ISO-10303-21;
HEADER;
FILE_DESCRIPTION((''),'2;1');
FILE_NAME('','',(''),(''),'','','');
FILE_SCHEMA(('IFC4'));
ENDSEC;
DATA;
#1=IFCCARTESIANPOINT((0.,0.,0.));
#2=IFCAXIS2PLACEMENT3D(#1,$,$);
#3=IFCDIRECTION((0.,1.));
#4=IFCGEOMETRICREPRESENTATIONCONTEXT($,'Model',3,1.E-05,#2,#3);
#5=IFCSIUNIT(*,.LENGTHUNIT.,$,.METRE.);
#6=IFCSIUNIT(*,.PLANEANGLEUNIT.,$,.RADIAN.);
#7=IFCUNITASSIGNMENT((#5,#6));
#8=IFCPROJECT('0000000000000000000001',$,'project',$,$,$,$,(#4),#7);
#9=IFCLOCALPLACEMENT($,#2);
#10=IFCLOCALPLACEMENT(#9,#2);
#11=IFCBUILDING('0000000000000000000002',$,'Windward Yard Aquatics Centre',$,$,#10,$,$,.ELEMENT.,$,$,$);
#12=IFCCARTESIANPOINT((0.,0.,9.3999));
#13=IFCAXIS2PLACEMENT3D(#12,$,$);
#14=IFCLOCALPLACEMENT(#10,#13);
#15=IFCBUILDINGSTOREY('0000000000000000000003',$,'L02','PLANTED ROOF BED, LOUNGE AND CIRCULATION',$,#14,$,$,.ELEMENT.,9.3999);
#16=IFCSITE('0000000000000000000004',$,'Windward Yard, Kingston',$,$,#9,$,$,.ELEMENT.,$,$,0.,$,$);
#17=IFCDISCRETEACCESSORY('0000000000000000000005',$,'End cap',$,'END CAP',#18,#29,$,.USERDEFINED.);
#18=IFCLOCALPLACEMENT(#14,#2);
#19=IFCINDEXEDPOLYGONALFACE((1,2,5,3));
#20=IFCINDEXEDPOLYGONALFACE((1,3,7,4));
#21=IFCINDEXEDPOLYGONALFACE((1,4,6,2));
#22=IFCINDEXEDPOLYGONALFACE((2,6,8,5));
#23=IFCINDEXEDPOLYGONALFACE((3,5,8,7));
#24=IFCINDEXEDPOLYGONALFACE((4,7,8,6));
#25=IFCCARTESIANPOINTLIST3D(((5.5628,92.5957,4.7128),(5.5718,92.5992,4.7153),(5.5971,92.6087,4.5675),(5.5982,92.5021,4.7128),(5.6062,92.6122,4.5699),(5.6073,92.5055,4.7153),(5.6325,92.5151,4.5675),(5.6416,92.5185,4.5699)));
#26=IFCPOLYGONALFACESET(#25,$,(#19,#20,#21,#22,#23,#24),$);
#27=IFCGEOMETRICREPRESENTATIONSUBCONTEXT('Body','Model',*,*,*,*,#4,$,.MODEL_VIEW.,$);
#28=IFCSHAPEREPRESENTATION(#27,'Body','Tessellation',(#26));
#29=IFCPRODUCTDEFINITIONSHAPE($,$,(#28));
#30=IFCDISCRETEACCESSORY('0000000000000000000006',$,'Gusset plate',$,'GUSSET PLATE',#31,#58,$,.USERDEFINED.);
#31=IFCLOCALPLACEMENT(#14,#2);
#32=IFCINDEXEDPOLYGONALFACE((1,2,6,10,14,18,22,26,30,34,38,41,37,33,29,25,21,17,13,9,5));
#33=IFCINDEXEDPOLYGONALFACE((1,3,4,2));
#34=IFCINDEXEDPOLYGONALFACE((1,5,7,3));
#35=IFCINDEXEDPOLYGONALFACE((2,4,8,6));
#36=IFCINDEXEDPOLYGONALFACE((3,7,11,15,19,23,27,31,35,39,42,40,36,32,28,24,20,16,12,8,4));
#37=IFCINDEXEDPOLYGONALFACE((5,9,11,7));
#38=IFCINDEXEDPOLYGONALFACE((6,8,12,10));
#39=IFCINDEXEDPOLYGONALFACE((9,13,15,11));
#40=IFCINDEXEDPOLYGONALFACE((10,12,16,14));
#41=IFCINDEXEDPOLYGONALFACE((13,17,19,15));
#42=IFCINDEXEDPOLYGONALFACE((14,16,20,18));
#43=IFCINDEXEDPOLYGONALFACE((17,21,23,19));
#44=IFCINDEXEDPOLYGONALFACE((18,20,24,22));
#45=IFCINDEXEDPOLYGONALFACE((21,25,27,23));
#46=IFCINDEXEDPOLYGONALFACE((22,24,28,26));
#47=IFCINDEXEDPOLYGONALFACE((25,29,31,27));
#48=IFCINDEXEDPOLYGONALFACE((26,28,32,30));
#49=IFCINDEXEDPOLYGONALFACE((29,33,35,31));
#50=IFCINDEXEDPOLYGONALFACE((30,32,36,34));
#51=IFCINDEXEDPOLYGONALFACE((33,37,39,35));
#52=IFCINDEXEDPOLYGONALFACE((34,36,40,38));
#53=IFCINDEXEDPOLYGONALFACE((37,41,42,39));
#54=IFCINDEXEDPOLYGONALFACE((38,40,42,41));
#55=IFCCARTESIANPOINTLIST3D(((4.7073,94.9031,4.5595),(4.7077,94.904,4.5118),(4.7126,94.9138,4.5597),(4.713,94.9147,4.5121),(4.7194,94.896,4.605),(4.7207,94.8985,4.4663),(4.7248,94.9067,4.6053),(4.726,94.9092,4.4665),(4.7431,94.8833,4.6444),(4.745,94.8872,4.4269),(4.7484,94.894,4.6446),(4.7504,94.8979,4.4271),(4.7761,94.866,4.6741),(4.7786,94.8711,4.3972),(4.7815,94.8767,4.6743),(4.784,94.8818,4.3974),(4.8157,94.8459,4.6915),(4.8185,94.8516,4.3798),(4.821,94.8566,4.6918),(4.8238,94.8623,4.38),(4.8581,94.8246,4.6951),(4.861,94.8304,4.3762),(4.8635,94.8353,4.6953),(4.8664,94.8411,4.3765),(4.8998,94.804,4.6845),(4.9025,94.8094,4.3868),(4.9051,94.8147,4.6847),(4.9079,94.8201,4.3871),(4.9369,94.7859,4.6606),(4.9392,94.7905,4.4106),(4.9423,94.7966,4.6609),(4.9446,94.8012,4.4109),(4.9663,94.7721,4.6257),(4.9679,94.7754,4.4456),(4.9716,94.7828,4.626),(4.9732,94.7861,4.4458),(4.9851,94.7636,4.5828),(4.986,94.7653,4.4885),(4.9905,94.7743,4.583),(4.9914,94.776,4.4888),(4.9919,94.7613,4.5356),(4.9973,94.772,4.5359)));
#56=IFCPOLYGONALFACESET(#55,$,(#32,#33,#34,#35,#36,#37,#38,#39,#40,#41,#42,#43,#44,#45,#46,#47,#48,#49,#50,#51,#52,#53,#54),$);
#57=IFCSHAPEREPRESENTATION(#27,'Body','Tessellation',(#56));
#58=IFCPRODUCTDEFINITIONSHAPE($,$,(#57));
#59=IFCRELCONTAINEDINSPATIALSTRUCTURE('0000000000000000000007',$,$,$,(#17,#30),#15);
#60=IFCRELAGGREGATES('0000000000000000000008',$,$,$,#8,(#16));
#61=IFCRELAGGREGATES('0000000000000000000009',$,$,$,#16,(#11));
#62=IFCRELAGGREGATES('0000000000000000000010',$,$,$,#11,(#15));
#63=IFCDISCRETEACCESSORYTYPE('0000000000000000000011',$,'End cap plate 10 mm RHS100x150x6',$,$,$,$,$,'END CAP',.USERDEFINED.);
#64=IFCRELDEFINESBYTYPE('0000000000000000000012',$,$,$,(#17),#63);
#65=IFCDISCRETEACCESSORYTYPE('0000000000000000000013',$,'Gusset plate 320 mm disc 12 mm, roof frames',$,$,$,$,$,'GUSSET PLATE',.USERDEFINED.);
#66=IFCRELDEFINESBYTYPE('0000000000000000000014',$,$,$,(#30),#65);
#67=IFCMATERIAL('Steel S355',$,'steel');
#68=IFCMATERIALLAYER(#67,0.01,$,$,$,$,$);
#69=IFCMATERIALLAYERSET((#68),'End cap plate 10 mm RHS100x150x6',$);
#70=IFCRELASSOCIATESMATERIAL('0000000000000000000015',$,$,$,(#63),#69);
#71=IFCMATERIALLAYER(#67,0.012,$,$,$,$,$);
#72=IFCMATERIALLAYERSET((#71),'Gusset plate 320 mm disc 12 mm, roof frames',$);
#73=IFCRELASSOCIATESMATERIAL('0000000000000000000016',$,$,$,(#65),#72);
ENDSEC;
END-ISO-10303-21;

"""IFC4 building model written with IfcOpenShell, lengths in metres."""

from ifc_helpers import new_model, si_unit, direction, frame, origin, origin_2d, place, context, subcontext, project, spatial, rectangle, circle, extrude, material, layer, layer_set, type_object, element, save


model = new_model("IFC4")

# Units and contexts
model_context = context("Model", 3, precision=1e-05, world=origin(), true_north=direction((0.0, 1.0)))
body_context = subcontext(model_context, "Body", "Model", "MODEL_VIEW")
ifc_project = project(units=[si_unit("LENGTHUNIT", "METRE"), si_unit("PLANEANGLEUNIT", "RADIAN")], contexts=[model_context])

# Site, building, storey
site_placement = place(None, origin())
site = spatial("IfcSite", under=ifc_project, at=site_placement, Name="Windward Yard, Kingston", CompositionType="ELEMENT", RefElevation=0.0)
building_placement = place(site_placement, origin())
building = spatial("IfcBuilding", under=site, at=building_placement, Name="Windward Yard Aquatics Centre", CompositionType="ELEMENT")
storey_placement = place(building_placement, frame((0.0, 0.0, 9.3999)))
storey = spatial("IfcBuildingStorey", under=building, at=storey_placement, Name="L02", Description="PLANTED ROOF BED, LOUNGE AND CIRCULATION", CompositionType="ELEMENT", Elevation=9.3999)

# Shared definitions
ifc_material_1 = material(Name="Steel S355", Category="steel")

# Discrete accessories
ifc_layer_1 = layer(ifc_material_1, 0.01)
ifc_layer_set_1 = layer_set([ifc_layer_1], Name="End cap plate 10 mm RHS100x150x6")
discrete_accessory_type_1 = type_object("IfcDiscreteAccessoryType", Name="End cap plate 10 mm RHS100x150x6", ElementType="END CAP", PredefinedType="USERDEFINED", material=ifc_layer_set_1)
discrete_accessory_1_placement = place(storey_placement, frame((5.5977, 92.5554, 4.6401), z_axis=(0.906765, 0.3431, 0.245072), x_axis=(-0.353892, 0.935286, 0.0)))
element("IfcDiscreteAccessory", 1, at=discrete_accessory_1_placement, inside=storey, type_object=discrete_accessory_type_1, Name="End cap", ObjectType="END CAP", PredefinedType="USERDEFINED", context=body_context, shape_type="SweptSolid", body=[
    extrude(rectangle(XDim=0.1001, YDim=0.1499, at=origin_2d()), origin(), (0.0, 0.0, 1.0), 0.01),
])
ifc_layer_2 = layer(ifc_material_1, 0.012)
ifc_layer_set_2 = layer_set([ifc_layer_2], Name="Gusset plate 320 mm disc 12 mm, roof frames")
discrete_accessory_type_2 = type_object("IfcDiscreteAccessoryType", Name="Gusset plate 320 mm disc 12 mm, roof frames", ElementType="GUSSET PLATE", PredefinedType="USERDEFINED", material=ifc_layer_set_2)
discrete_accessory_2_placement = place(storey_placement, frame((4.8542, 94.8435, 4.5359), z_axis=(-0.447121, -0.894242, -0.020324), x_axis=(0.894427, -0.447214, 0.0)))
element("IfcDiscreteAccessory", 2, at=discrete_accessory_2_placement, inside=storey, type_object=discrete_accessory_type_2, Name="Gusset plate", ObjectType="GUSSET PLATE", PredefinedType="USERDEFINED", context=body_context, shape_type="SweptSolid", body=[
    extrude(circle(Radius=0.1599, at=origin_2d()), origin(), (0.0, 0.0, 1.0), 0.012),
])

save(model, "model.ifc")
